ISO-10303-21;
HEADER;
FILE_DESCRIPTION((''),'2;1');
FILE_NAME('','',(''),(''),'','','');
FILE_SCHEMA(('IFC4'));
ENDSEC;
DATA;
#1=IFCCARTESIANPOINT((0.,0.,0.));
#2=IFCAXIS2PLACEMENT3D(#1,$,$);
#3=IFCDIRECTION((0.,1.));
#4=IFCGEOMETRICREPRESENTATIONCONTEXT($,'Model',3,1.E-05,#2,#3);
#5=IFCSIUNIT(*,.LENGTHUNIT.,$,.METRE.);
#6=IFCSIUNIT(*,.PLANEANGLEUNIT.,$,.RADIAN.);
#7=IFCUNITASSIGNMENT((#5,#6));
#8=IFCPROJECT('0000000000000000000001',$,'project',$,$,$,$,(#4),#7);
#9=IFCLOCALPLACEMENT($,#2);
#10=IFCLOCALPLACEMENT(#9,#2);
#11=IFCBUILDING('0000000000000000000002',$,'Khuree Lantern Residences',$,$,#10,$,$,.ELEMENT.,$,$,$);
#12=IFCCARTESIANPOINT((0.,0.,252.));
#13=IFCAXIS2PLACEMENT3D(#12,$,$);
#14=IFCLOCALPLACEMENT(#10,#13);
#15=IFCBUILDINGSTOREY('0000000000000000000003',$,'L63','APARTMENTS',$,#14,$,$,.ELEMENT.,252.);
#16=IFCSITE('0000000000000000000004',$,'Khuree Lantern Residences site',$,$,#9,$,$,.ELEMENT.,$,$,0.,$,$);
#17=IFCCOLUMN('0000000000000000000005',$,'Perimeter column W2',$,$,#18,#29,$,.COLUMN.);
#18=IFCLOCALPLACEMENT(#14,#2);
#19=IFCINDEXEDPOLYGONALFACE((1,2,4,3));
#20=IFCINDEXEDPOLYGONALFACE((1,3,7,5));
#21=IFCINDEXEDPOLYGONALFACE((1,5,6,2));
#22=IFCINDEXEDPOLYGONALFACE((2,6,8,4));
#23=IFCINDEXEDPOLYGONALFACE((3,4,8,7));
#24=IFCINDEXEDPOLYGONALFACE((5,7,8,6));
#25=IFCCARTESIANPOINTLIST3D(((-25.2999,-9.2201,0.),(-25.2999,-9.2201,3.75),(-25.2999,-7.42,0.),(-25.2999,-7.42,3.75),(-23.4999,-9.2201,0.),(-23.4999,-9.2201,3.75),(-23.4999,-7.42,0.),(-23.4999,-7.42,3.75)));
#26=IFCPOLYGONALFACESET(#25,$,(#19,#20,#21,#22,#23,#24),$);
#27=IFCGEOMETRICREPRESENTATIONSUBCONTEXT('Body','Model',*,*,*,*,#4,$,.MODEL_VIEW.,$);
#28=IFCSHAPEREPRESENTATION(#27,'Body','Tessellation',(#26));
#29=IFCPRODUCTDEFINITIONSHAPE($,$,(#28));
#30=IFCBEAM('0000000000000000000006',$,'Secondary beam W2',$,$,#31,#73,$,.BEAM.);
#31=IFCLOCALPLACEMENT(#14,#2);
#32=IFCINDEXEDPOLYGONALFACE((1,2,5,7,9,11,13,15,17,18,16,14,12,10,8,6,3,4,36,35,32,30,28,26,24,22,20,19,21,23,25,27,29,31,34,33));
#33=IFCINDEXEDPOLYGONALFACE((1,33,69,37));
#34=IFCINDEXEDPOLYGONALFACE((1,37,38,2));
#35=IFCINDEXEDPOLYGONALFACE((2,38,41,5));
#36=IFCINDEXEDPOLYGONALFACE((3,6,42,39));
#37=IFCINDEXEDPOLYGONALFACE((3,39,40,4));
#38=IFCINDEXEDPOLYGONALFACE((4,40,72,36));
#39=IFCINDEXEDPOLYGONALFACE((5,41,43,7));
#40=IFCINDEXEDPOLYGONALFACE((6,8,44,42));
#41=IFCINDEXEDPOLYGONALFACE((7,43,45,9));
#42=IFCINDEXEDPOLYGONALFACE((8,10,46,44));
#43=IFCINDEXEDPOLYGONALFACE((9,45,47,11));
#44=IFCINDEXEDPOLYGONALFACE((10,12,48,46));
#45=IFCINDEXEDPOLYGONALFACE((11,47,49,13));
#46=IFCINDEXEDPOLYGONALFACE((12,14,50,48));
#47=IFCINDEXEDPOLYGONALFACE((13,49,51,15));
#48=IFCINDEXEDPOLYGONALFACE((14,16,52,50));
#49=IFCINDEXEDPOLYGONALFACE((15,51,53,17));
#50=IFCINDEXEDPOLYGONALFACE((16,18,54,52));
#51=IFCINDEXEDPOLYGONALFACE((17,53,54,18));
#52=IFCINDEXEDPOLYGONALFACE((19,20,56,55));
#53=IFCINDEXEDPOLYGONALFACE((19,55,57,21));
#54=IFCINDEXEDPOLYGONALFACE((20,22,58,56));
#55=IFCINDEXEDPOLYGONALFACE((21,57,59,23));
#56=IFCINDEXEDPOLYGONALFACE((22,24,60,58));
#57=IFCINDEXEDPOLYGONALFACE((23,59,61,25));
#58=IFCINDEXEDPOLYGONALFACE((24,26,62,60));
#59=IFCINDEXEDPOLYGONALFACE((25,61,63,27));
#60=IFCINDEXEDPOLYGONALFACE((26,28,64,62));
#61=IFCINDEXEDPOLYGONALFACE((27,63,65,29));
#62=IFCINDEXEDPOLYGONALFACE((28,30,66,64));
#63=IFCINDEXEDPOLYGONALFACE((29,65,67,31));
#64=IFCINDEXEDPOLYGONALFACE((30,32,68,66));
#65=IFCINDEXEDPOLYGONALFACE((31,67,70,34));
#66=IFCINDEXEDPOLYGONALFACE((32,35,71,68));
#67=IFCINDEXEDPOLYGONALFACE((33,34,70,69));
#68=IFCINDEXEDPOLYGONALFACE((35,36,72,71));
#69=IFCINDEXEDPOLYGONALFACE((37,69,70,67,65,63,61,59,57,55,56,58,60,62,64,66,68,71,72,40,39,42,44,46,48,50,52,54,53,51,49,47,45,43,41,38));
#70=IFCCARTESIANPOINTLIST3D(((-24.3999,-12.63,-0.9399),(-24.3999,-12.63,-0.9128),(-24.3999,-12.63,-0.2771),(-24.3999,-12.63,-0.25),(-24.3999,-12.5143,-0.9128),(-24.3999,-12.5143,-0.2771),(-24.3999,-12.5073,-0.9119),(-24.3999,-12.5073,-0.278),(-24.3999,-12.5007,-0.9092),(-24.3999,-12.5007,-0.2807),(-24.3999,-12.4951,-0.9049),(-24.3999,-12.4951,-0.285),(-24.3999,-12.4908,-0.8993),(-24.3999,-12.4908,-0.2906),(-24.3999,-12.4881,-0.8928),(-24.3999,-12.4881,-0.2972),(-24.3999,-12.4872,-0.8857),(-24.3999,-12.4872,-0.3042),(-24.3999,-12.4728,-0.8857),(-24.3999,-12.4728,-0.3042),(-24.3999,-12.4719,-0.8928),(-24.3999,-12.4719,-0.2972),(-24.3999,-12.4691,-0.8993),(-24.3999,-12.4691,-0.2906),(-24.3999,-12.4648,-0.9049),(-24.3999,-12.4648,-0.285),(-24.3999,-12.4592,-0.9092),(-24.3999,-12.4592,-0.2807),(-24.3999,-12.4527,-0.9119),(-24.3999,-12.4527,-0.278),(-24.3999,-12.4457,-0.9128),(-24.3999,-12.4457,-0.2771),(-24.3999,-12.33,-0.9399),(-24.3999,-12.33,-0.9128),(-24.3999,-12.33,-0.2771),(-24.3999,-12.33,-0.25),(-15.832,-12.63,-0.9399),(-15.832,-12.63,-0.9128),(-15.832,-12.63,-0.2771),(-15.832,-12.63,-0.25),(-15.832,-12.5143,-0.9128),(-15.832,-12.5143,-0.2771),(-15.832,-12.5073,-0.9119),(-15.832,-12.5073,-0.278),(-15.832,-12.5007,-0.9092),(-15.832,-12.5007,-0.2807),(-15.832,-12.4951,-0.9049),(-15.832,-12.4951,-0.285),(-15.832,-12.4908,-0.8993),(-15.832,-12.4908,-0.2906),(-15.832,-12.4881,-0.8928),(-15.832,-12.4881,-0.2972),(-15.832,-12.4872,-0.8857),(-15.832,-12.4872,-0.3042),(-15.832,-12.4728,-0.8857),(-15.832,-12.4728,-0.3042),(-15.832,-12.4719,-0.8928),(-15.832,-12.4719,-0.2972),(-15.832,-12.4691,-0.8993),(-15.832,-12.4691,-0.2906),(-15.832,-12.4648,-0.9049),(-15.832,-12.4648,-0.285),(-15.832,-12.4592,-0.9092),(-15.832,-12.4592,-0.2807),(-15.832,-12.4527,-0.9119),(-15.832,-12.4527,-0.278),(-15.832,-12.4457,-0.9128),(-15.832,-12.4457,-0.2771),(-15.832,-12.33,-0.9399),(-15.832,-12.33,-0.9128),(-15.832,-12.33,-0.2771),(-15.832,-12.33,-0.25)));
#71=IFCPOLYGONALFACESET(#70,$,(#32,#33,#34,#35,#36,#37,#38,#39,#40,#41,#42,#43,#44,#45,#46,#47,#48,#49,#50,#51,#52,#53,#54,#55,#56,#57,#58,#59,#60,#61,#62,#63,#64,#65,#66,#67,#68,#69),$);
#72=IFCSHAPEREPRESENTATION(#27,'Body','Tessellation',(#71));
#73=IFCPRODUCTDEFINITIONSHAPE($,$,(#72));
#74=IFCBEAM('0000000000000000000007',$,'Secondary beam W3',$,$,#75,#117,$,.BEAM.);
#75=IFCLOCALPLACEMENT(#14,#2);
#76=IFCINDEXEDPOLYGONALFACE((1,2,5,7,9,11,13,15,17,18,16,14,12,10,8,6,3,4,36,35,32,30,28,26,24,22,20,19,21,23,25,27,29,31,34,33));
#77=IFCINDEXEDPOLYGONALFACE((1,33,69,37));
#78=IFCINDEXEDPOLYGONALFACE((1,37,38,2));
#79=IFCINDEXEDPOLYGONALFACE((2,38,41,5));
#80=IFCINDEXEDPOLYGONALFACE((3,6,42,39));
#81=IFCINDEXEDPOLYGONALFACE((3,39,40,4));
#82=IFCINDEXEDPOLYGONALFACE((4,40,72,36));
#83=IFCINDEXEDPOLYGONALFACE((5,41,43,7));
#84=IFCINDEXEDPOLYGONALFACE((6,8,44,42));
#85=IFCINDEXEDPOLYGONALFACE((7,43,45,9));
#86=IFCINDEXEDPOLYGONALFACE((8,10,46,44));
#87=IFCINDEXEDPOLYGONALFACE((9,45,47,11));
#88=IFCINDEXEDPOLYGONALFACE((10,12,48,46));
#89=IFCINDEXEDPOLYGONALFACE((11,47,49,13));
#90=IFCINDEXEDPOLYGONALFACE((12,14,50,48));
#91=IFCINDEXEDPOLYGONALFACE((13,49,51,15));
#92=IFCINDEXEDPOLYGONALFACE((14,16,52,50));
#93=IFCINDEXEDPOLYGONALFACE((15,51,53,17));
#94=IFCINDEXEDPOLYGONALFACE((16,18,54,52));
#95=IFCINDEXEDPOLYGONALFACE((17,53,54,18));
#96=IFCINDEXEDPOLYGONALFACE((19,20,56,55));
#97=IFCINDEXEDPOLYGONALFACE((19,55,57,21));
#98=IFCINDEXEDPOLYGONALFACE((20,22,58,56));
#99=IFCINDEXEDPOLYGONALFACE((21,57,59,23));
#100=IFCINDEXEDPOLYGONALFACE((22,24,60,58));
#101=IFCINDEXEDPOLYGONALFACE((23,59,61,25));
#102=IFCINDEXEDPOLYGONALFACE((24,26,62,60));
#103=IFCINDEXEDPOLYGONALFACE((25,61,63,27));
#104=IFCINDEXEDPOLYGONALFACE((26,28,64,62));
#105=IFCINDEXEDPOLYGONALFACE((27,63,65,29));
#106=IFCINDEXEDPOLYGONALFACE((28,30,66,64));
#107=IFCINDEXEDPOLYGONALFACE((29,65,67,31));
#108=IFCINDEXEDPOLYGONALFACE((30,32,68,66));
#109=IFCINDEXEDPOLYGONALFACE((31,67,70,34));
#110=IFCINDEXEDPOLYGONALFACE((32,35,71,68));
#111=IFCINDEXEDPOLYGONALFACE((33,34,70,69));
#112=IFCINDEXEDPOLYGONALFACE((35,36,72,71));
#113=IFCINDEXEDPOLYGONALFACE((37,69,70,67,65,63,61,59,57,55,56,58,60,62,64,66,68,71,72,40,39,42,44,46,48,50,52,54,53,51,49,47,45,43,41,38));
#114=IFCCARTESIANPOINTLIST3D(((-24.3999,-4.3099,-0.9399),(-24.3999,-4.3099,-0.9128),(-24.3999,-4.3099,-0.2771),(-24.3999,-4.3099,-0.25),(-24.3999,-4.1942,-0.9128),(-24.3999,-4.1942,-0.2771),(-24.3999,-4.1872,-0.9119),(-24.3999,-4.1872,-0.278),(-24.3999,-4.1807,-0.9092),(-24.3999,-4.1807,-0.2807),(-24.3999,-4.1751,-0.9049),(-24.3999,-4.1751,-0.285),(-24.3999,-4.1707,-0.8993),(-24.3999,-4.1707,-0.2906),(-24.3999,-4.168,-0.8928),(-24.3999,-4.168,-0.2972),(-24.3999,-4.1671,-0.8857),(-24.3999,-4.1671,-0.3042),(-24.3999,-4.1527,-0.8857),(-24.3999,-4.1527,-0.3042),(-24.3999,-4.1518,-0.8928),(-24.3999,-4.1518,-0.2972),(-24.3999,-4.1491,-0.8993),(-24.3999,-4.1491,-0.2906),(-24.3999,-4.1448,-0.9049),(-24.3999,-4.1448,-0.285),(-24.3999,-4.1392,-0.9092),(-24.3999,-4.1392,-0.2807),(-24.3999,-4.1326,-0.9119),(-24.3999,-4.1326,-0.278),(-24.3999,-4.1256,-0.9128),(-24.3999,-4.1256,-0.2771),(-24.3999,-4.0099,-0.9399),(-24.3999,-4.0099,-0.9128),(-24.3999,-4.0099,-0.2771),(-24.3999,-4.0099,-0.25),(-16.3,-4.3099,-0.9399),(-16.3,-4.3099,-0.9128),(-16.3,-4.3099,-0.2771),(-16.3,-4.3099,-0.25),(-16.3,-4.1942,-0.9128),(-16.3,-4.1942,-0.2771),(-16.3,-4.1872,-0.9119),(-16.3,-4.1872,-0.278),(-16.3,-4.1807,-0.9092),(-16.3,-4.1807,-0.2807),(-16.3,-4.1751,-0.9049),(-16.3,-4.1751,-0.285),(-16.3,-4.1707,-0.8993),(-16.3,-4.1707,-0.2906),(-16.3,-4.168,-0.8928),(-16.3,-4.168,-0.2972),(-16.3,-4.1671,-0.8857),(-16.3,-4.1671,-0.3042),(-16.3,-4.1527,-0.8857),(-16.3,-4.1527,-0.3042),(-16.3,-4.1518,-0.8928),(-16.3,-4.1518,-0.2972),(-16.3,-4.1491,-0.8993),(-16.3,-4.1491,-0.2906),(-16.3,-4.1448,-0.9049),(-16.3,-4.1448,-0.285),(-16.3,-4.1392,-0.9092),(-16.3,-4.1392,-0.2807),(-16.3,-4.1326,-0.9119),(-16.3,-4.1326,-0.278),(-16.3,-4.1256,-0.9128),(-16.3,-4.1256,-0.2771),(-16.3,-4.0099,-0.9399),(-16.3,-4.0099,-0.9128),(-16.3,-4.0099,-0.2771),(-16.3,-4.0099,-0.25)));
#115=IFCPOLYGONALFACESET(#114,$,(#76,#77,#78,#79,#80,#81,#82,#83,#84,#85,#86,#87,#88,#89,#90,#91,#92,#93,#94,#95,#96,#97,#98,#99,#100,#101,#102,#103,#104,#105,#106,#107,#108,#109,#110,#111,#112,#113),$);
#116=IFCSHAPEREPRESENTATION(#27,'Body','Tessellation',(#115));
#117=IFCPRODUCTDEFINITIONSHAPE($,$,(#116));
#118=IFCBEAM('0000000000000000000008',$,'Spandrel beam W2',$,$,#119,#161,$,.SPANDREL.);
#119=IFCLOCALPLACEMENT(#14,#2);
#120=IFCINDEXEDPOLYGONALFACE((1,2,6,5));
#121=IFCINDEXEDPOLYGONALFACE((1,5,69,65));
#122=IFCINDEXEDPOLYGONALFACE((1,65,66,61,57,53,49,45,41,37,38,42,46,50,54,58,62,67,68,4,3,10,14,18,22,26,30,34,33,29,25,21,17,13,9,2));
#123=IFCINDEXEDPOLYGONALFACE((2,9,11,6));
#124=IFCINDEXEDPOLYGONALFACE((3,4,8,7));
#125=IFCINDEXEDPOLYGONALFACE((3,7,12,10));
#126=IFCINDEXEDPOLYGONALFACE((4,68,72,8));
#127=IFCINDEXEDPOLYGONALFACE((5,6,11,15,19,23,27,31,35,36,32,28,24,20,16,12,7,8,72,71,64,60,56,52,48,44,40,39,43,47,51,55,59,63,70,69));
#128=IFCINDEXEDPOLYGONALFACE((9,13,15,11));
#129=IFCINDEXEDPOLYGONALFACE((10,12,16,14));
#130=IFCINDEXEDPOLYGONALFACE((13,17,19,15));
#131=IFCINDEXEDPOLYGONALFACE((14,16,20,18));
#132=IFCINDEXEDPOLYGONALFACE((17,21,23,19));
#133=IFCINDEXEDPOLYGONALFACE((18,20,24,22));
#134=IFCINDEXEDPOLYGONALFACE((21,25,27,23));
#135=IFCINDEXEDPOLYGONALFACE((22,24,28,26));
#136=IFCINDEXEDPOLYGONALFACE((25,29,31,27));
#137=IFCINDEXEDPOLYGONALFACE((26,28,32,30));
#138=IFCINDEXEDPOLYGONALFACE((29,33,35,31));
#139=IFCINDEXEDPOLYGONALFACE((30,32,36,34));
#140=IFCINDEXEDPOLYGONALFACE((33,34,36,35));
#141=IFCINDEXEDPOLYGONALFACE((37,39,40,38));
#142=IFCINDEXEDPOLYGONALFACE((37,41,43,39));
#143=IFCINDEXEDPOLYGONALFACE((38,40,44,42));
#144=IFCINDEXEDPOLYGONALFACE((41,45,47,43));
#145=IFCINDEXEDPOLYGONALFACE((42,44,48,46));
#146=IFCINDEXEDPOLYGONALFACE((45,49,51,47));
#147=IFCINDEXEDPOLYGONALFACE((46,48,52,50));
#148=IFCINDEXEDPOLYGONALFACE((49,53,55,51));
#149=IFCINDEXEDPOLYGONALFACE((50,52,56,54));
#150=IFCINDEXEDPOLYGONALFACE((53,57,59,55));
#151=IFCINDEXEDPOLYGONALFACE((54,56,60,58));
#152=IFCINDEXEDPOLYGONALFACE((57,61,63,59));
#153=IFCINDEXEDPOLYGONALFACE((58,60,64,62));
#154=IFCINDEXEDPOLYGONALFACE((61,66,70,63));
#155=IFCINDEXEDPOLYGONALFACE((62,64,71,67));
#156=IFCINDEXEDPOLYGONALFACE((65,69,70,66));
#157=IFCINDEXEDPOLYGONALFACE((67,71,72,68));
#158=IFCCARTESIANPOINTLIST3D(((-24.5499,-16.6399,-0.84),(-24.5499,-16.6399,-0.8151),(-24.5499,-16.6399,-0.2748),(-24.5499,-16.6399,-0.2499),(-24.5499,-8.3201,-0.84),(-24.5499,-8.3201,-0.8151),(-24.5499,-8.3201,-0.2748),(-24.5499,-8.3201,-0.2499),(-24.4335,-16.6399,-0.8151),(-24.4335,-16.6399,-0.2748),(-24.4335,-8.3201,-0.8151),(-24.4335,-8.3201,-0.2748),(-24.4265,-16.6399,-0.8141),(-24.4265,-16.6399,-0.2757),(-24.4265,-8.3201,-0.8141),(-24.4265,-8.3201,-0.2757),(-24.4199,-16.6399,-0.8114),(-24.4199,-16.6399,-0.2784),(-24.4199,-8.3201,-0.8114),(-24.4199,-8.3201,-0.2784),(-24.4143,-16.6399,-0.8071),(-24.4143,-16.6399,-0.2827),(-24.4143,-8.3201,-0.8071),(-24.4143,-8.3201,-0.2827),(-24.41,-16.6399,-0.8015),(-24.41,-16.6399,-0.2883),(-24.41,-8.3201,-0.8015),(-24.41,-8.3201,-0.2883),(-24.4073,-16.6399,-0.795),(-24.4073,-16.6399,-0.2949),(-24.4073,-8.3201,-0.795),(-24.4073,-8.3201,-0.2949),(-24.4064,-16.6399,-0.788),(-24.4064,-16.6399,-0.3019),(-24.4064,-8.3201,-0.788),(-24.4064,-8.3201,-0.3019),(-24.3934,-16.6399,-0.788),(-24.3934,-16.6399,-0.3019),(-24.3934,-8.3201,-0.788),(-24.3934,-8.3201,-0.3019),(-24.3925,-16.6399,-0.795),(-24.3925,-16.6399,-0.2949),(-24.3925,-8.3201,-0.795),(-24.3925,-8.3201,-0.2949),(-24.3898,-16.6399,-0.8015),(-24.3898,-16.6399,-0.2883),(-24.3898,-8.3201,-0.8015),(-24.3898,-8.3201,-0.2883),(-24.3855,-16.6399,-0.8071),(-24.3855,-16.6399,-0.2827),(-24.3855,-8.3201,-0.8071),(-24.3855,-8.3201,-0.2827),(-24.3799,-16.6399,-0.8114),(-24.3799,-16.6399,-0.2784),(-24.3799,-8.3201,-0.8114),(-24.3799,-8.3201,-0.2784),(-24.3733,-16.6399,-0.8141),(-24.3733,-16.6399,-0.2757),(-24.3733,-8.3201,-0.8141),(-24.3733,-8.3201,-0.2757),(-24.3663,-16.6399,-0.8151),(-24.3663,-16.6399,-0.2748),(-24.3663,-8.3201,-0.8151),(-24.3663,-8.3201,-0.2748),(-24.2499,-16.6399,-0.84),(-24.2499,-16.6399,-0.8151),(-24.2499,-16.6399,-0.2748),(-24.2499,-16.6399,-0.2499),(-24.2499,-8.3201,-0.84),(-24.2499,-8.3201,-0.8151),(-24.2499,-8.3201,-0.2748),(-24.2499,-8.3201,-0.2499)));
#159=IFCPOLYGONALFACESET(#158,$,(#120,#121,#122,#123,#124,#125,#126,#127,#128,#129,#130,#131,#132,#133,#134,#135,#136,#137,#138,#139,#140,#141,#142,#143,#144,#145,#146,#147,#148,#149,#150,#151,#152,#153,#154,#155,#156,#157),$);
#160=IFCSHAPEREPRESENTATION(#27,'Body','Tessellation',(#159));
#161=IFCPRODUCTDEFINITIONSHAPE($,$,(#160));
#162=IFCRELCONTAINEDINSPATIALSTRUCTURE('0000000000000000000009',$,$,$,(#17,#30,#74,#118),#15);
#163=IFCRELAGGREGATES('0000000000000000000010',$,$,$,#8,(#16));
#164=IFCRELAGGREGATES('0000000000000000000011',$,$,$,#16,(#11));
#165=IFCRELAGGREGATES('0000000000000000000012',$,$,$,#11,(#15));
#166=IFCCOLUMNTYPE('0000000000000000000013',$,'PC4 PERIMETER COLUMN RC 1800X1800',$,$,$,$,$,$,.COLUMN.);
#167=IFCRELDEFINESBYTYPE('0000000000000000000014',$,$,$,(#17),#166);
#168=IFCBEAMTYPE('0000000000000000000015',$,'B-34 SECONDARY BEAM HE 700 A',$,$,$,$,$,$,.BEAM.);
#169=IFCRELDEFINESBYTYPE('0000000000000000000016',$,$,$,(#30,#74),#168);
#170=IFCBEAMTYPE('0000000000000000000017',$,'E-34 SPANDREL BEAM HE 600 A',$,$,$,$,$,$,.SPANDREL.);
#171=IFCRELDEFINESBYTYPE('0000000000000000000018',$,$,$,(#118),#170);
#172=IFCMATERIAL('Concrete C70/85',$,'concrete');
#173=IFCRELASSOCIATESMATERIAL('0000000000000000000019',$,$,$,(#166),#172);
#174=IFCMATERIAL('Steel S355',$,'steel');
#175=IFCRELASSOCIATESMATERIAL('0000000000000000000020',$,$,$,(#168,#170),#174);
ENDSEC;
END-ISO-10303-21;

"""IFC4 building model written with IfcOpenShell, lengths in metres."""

from ifc_helpers import new_model, si_unit, direction, frame, origin, origin_2d, place, context, subcontext, project, spatial, rectangle, i_section, extrude, material, material_profile, profile_set, type_object, element, save


model = new_model("IFC4")

# Units and contexts
model_context = context("Model", 3, precision=1e-05, world=origin(), true_north=direction((0.0, 1.0)))
body_context = subcontext(model_context, "Body", "Model", "MODEL_VIEW")
ifc_project = project(units=[si_unit("LENGTHUNIT", "METRE"), si_unit("PLANEANGLEUNIT", "RADIAN")], contexts=[model_context])

# Site, building, storey
site_placement = place(None, origin())
site = spatial("IfcSite", under=ifc_project, at=site_placement, Name="Khuree Lantern Residences site", CompositionType="ELEMENT", RefElevation=0.0)
building_placement = place(site_placement, origin())
building = spatial("IfcBuilding", under=site, at=building_placement, Name="Khuree Lantern Residences", CompositionType="ELEMENT")
storey_placement = place(building_placement, frame((0.0, 0.0, 252.0)))
storey = spatial("IfcBuildingStorey", under=building, at=storey_placement, Name="L63", Description="APARTMENTS", CompositionType="ELEMENT", Elevation=252.0)

# Column
ifc_material_1 = material(Name="Concrete C70/85", Category="concrete")
ifc_material_profile_1 = material_profile(ifc_material_1, rectangle(XDim=1.8, YDim=1.8, at=origin_2d()), Name="RC 1800X1800")
ifc_profile_set_1 = profile_set([ifc_material_profile_1], Name="Concrete C70/85")
column_type = type_object("IfcColumnType", Name="PC4 PERIMETER COLUMN RC 1800X1800", PredefinedType="COLUMN", material=ifc_profile_set_1)
column_placement = place(storey_placement, frame((-24.3999, -8.3201, 0.0), z_axis=(0.0, 0.0, 1.0), x_axis=(0.0, 1.0, 0.0)))
element("IfcColumn", 1, at=column_placement, inside=storey, type_object=column_type, Name="Perimeter column W2", PredefinedType="COLUMN", context=body_context, shape_type="SweptSolid", body=[
    extrude(rectangle(XDim=1.8, YDim=1.8, at=origin_2d()), origin(), (0.0, 0.0, 1.0), 3.75),
])

# Beams
ifc_material_2 = material(Name="Steel S355", Category="steel")
ifc_material_profile_2 = material_profile(ifc_material_2, i_section(OverallWidth=0.3, OverallDepth=0.6899, WebThickness=0.0144, FlangeThickness=0.0271, FilletRadius=0.0271, at=origin_2d()), Name="HE 700 A")
ifc_profile_set_2 = profile_set([ifc_material_profile_2], Name="Steel S355")
beam_type_1 = type_object("IfcBeamType", Name="B-34 SECONDARY BEAM HE 700 A", PredefinedType="BEAM", material=ifc_profile_set_2)
beam_1_placement = place(storey_placement, frame((-24.3999, -12.48, -0.595), z_axis=(1.0, 0.0, 0.0), x_axis=(0.0, 1.0, 0.0)))
element("IfcBeam", 2, at=beam_1_placement, inside=storey, type_object=beam_type_1, Name="Secondary beam W2", PredefinedType="BEAM", context=body_context, shape_type="SweptSolid", body=[
    extrude(i_section(OverallWidth=0.3, OverallDepth=0.6899, WebThickness=0.0144, FlangeThickness=0.0271, FilletRadius=0.0271, at=origin_2d()), origin(), (0.0, 0.0, 1.0), 8.5679),
])
beam_2_placement = place(storey_placement, frame((-24.3999, -4.1599, -0.595), z_axis=(1.0, 0.0, 0.0), x_axis=(0.0, 1.0, 0.0)))
element("IfcBeam", 3, at=beam_2_placement, inside=storey, type_object=beam_type_1, Name="Secondary beam W3", PredefinedType="BEAM", context=body_context, shape_type="SweptSolid", body=[
    extrude(i_section(OverallWidth=0.3, OverallDepth=0.6899, WebThickness=0.0144, FlangeThickness=0.0271, FilletRadius=0.0271, at=origin_2d()), origin(), (0.0, 0.0, 1.0), 8.0999),
])
ifc_material_profile_3 = material_profile(ifc_material_2, i_section(OverallWidth=0.3, OverallDepth=0.5901, WebThickness=0.0129, FlangeThickness=0.0249, FilletRadius=0.0271, at=origin_2d()), Name="HE 600 A")
ifc_profile_set_3 = profile_set([ifc_material_profile_3], Name="Steel S355")
beam_type_2 = type_object("IfcBeamType", Name="E-34 SPANDREL BEAM HE 600 A", PredefinedType="SPANDREL", material=ifc_profile_set_3)
beam_3_placement = place(storey_placement, frame((-24.3999, -16.6399, -0.5449), z_axis=(0.0, 1.0, 0.0), x_axis=(-1.0, 0.0, 0.0)))
element("IfcBeam", 4, at=beam_3_placement, inside=storey, type_object=beam_type_2, Name="Spandrel beam W2", PredefinedType="SPANDREL", context=body_context, shape_type="SweptSolid", body=[
    extrude(i_section(OverallWidth=0.3, OverallDepth=0.5901, WebThickness=0.0129, FlangeThickness=0.0249, FilletRadius=0.0271, at=origin_2d()), origin(), (0.0, 0.0, 1.0), 8.3198),
])

save(model, "model.ifc")
